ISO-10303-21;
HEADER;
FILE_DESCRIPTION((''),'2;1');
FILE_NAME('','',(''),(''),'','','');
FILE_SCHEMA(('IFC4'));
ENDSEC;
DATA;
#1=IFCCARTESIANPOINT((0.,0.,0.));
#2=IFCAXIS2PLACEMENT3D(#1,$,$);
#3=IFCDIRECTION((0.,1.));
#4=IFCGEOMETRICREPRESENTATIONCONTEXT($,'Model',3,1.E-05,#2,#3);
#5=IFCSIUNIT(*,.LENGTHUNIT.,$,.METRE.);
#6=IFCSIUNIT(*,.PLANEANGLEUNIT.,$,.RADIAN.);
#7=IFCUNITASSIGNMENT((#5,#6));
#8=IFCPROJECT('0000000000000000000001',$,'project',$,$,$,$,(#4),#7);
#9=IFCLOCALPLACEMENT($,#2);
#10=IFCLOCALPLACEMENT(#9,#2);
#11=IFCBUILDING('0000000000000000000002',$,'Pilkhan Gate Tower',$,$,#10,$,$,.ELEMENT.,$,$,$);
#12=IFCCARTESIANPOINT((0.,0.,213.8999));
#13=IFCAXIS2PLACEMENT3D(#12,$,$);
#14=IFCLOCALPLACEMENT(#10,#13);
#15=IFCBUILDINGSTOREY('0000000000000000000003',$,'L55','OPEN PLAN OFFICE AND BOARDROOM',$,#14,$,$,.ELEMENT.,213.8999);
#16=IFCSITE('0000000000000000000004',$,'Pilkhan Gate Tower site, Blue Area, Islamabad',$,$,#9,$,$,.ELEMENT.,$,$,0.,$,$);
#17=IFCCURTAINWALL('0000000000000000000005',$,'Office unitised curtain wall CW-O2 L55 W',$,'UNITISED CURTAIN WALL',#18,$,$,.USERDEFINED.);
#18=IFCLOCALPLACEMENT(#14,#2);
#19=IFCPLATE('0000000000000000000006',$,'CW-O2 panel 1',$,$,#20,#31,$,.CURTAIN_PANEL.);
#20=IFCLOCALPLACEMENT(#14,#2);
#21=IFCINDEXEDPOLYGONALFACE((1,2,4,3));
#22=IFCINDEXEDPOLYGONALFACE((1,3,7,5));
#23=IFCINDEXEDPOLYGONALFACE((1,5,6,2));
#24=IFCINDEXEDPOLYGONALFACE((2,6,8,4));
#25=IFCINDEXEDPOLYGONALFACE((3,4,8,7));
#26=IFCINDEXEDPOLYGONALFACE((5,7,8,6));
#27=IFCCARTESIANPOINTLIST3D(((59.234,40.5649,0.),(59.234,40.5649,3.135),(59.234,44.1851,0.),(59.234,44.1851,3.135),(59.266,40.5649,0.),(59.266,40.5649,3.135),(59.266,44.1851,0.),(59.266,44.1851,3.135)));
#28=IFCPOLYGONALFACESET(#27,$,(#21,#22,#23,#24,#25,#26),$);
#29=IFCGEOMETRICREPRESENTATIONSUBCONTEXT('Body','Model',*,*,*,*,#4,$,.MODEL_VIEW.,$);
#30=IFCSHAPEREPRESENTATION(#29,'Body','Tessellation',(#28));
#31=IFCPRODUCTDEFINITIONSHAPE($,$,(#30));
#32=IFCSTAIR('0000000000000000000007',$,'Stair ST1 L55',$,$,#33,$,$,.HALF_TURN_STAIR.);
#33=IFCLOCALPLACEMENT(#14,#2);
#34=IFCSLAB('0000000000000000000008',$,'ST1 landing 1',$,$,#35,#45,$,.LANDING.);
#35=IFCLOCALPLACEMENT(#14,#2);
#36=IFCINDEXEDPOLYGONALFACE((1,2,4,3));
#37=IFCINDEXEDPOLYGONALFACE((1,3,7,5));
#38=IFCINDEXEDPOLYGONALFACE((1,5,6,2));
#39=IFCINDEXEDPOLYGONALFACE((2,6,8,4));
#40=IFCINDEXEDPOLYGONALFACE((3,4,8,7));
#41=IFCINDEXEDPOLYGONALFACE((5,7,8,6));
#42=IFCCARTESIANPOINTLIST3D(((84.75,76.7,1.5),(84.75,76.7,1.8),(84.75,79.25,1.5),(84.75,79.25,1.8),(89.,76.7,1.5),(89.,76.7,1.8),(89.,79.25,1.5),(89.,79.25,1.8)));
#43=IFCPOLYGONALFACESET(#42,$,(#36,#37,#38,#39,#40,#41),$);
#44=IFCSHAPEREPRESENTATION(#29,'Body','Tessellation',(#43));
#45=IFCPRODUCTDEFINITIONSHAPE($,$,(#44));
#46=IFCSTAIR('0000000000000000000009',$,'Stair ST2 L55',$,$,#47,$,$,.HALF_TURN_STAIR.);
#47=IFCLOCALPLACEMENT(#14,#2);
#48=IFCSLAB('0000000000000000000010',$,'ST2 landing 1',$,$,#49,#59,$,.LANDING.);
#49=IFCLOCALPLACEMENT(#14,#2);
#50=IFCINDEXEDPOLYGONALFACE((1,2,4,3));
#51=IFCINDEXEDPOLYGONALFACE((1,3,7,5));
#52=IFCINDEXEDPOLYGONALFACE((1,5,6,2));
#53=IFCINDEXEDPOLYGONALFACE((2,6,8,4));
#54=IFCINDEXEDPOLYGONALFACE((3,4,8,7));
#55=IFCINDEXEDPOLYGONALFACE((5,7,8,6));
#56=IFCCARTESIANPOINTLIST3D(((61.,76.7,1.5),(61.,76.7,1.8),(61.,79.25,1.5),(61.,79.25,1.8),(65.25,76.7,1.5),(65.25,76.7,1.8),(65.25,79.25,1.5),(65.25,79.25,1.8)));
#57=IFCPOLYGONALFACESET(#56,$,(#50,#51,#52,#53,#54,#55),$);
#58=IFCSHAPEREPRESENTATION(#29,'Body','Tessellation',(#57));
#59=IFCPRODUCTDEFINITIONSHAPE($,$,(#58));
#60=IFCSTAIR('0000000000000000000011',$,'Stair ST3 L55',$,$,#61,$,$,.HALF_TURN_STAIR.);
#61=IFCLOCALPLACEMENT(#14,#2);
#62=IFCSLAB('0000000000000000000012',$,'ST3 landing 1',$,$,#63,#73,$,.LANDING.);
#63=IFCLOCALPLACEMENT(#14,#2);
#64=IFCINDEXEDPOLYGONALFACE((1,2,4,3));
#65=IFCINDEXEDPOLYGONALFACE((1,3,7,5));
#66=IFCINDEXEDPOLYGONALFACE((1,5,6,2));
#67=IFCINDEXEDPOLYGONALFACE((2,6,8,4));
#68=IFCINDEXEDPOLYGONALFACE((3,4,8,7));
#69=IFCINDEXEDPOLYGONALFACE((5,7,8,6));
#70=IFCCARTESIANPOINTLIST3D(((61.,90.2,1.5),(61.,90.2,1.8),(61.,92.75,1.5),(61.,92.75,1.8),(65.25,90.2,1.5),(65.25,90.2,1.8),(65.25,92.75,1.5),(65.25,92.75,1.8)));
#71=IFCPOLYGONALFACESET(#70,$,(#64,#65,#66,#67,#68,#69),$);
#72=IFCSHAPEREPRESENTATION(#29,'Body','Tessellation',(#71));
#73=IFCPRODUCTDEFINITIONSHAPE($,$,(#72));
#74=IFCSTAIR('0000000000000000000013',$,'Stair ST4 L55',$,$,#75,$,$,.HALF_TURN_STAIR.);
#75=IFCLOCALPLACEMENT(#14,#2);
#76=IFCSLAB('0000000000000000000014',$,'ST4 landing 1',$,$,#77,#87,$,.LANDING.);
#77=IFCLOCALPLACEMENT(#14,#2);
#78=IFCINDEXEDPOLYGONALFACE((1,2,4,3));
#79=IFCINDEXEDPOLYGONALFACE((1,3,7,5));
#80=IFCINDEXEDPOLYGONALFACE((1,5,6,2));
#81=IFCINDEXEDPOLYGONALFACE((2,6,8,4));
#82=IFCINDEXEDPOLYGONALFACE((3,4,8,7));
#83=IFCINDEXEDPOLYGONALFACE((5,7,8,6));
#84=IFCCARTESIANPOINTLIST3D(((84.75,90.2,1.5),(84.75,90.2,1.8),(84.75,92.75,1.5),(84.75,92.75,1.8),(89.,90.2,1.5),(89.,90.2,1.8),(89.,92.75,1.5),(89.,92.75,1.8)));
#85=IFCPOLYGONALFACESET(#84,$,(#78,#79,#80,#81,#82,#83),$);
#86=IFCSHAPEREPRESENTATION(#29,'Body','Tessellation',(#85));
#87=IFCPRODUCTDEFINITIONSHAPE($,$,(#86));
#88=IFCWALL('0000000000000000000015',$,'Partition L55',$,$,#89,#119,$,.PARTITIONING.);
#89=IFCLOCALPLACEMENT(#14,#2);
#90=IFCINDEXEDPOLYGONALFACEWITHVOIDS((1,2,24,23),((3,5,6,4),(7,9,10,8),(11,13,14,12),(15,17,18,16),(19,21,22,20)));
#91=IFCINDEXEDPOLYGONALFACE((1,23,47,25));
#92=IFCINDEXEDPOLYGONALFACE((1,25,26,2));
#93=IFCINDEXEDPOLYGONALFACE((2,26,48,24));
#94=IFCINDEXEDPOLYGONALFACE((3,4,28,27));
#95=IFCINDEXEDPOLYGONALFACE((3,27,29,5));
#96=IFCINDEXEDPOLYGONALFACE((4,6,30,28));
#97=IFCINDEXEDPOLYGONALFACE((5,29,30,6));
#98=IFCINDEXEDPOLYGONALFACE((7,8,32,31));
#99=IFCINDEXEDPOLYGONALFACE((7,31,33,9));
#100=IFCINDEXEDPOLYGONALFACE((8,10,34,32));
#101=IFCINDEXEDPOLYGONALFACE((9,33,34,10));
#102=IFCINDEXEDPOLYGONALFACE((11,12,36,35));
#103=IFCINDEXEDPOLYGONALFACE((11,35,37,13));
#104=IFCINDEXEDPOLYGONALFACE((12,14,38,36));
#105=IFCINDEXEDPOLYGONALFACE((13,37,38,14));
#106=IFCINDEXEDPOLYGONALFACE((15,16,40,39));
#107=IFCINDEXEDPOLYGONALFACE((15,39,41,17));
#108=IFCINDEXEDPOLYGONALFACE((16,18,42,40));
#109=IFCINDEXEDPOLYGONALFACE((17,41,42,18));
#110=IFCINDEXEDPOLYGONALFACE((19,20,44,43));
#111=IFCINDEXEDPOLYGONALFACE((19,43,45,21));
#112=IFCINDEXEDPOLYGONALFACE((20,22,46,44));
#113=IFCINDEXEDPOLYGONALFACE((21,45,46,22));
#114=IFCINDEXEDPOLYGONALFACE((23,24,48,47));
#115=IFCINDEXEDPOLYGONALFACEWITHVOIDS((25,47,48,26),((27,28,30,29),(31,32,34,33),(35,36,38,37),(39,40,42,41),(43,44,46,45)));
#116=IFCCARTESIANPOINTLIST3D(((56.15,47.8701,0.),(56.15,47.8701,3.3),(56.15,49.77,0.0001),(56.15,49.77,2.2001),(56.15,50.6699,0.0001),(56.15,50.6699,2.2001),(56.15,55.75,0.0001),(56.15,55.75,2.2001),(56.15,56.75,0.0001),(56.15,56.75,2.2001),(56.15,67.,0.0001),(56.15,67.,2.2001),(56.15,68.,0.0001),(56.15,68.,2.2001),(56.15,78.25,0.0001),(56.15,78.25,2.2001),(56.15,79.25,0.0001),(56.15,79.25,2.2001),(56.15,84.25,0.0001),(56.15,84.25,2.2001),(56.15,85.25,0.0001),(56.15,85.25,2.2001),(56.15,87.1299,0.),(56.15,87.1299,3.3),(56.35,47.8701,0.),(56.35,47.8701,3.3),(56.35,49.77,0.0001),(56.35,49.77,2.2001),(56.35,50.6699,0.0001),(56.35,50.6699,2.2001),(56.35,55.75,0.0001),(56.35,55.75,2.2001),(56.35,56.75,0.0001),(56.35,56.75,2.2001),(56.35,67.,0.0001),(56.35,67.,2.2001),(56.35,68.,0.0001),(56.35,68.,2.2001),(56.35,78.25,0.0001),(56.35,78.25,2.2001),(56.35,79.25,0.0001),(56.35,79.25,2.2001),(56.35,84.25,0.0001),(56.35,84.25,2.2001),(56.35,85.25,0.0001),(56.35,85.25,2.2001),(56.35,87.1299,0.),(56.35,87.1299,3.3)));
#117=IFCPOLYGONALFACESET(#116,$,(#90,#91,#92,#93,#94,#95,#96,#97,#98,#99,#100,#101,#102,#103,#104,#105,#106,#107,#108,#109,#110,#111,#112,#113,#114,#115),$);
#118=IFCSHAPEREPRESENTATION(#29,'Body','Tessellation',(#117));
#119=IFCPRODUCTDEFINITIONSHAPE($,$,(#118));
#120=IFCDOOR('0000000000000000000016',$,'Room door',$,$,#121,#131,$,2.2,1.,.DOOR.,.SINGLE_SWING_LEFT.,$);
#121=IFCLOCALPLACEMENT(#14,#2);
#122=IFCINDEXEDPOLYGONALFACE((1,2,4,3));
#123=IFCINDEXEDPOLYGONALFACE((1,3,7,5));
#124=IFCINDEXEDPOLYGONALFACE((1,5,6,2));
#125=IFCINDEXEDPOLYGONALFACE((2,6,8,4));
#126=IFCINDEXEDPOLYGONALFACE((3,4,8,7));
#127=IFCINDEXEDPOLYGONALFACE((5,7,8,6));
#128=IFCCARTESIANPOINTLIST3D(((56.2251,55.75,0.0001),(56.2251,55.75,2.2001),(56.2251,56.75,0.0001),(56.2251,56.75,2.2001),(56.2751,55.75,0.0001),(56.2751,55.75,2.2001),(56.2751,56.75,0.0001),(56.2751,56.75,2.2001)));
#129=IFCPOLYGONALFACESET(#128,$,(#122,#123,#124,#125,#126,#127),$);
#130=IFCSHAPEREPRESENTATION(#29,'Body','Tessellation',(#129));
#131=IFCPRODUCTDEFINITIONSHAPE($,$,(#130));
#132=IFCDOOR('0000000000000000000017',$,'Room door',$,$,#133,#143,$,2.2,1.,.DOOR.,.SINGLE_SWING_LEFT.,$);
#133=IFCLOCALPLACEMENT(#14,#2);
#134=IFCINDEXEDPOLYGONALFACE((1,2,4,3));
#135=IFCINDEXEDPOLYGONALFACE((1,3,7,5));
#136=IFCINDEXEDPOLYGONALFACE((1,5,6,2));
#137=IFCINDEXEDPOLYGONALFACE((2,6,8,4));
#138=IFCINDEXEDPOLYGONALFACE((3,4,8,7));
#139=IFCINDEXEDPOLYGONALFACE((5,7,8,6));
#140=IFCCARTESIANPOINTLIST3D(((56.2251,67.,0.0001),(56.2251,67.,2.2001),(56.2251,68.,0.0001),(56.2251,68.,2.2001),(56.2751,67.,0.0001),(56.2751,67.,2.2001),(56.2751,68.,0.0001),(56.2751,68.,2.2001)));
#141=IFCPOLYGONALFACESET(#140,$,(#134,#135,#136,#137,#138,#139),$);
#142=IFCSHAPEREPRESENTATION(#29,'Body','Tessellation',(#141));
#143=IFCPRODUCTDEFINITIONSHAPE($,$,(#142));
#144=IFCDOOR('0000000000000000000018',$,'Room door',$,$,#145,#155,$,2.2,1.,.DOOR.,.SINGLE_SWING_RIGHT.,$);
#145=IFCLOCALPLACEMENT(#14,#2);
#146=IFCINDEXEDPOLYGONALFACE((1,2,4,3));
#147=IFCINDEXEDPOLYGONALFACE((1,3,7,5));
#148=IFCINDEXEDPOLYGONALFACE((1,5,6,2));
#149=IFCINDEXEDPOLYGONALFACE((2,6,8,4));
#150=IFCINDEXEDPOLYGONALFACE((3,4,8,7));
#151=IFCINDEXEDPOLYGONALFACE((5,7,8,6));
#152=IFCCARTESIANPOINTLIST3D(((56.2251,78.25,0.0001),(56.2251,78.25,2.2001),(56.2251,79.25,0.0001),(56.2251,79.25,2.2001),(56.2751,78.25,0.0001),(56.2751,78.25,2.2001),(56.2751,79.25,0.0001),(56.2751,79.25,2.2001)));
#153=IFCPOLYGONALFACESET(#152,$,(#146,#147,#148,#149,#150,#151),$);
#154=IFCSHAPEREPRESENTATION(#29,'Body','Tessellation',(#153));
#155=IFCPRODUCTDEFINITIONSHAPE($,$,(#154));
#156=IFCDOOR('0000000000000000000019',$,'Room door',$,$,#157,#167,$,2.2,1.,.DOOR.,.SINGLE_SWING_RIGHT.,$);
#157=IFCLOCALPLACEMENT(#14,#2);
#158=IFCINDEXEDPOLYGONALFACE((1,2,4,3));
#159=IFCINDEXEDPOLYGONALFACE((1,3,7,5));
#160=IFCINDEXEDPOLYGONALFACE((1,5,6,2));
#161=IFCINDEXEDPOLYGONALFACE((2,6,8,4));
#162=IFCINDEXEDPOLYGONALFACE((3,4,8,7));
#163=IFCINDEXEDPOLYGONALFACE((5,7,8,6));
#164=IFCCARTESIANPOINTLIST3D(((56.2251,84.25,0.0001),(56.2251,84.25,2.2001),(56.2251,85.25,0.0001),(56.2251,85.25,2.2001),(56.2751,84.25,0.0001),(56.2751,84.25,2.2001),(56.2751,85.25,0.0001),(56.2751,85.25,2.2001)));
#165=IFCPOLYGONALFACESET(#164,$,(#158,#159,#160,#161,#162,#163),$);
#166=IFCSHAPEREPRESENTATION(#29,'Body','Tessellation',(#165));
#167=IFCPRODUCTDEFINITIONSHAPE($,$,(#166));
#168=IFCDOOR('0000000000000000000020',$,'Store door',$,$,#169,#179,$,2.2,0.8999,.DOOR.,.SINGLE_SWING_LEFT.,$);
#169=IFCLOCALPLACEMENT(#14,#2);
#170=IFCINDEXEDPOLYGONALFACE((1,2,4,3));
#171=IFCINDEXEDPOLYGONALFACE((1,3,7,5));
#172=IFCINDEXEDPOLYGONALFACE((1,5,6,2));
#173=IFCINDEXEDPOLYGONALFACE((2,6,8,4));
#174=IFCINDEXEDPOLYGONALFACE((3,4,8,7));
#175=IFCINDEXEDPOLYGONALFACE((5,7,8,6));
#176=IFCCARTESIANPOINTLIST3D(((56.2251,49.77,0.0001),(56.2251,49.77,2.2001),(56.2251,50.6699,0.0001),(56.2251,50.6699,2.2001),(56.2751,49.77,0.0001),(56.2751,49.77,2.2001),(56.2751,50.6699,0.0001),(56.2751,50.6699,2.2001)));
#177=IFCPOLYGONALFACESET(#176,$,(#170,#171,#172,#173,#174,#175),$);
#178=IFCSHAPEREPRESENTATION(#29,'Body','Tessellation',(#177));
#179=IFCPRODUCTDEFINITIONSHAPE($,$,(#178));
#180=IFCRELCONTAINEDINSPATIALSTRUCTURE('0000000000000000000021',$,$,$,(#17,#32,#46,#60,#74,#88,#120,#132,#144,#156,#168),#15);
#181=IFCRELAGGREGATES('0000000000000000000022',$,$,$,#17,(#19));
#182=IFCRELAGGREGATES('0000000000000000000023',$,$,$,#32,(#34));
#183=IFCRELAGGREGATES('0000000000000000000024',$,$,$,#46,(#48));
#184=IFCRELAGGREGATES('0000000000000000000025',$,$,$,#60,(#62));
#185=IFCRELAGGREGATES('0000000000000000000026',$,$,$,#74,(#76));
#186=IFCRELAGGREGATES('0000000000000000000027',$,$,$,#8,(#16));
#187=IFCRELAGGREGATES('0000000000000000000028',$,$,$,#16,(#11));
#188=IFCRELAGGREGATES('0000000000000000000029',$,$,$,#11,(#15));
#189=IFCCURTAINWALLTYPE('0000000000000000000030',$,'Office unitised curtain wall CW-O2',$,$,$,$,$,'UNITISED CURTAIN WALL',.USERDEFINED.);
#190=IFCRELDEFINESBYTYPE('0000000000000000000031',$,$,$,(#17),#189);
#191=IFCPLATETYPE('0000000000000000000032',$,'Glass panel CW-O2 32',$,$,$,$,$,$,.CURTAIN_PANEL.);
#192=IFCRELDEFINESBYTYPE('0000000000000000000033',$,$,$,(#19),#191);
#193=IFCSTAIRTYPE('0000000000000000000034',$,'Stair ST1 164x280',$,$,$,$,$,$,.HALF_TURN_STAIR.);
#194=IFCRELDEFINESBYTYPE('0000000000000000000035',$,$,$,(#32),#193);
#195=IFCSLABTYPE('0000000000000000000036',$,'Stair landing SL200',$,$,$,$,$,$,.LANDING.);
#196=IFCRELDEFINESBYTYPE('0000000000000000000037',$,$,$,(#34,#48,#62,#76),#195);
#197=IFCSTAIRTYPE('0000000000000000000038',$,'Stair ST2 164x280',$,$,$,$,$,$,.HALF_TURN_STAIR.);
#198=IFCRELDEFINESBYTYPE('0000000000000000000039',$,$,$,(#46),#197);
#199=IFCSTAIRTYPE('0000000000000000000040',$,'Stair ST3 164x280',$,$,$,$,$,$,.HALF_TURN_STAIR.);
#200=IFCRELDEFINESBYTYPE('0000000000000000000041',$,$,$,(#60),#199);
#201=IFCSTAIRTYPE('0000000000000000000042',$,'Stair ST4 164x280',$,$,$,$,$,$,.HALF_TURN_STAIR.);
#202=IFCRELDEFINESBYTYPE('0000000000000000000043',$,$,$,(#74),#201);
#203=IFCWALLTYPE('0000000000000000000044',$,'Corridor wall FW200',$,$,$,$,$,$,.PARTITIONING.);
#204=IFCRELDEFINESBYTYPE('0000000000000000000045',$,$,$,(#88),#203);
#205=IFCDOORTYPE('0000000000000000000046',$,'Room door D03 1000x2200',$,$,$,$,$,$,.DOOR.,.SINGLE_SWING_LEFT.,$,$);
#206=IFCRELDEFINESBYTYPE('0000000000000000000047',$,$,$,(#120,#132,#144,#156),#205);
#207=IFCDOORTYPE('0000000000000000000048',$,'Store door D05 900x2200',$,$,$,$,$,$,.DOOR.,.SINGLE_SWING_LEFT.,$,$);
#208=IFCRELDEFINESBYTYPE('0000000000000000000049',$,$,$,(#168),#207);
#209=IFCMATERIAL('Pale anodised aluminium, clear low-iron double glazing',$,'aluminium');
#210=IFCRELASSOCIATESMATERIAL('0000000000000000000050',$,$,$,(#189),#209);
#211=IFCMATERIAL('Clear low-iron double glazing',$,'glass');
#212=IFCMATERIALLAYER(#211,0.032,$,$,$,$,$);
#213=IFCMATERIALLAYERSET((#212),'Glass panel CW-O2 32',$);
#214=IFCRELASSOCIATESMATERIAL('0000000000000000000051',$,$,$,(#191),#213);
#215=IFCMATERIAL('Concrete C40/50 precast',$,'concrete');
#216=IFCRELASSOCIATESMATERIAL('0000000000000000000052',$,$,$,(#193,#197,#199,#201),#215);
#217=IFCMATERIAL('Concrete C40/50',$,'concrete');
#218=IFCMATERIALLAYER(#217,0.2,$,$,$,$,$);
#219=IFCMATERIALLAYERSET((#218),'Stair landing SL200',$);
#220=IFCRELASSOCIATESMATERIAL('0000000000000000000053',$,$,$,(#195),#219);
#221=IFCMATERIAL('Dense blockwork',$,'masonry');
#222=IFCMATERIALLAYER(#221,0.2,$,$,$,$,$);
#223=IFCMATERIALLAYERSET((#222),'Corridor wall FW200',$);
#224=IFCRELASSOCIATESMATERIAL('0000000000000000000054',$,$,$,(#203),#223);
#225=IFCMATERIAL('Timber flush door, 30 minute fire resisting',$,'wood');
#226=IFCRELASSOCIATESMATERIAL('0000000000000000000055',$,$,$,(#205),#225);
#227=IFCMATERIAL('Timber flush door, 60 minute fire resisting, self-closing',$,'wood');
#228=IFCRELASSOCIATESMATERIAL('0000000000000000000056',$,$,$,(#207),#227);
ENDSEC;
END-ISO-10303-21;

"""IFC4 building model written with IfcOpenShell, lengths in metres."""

from ifc_helpers import new_model, si_unit, direction, frame, frame_2d, origin, origin_2d, place, context, subcontext, project, spatial, polyline, rectangle, outline, extrude, material, layer, layer_set, type_object, element, fill, aggregate, save


model = new_model("IFC4")

# Units and contexts
model_context = context("Model", 3, precision=1e-05, world=origin(), true_north=direction((0.0, 1.0)))
body_context = subcontext(model_context, "Body", "Model", "MODEL_VIEW")
ifc_project = project(units=[si_unit("LENGTHUNIT", "METRE"), si_unit("PLANEANGLEUNIT", "RADIAN")], contexts=[model_context])

# Site, building, storey
site_placement = place(None, origin())
site = spatial("IfcSite", under=ifc_project, at=site_placement, Name="Pilkhan Gate Tower site, Blue Area, Islamabad", CompositionType="ELEMENT", RefElevation=0.0)
building_placement = place(site_placement, origin())
building = spatial("IfcBuilding", under=site, at=building_placement, Name="Pilkhan Gate Tower", CompositionType="ELEMENT")
storey_placement = place(building_placement, frame((0.0, 0.0, 213.8999)))
storey = spatial("IfcBuildingStorey", under=building, at=storey_placement, Name="L55", Description="OPEN PLAN OFFICE AND BOARDROOM", CompositionType="ELEMENT", Elevation=213.8999)

# Shared definitions
ifc_material_1 = material(Name="Pale anodised aluminium, clear low-iron double glazing", Category="aluminium")
curtain_wall_type = type_object("IfcCurtainWallType", Name="Office unitised curtain wall CW-O2", ElementType="UNITISED CURTAIN WALL", PredefinedType="USERDEFINED", material=ifc_material_1)

# Curtain wall
curtain_wall_1_placement = place(storey_placement, origin())
curtain_wall_1 = element("IfcCurtainWall", 1, at=curtain_wall_1_placement, inside=storey, type_object=curtain_wall_type, Name="Office unitised curtain wall CW-O2 L55 W", ObjectType="UNITISED CURTAIN WALL", PredefinedType="USERDEFINED")

# Shared definitions
ifc_material_2 = material(Name="Concrete C40/50", Category="concrete")

# Plate
ifc_material_3 = material(Name="Clear low-iron double glazing", Category="glass")
ifc_layer_1 = layer(ifc_material_3, 0.032)
ifc_layer_set_1 = layer_set([ifc_layer_1], Name="Glass panel CW-O2 32")
plate_type = type_object("IfcPlateType", Name="Glass panel CW-O2 32", PredefinedType="CURTAIN_PANEL", material=ifc_layer_set_1)
plate_1_placement = place(storey_placement, frame((59.25, 42.375, 0.0), z_axis=(0.0, 0.0, 1.0), x_axis=(0.0, 1.0, 0.0)))
plate_1 = element("IfcPlate", 2, at=plate_1_placement, type_object=plate_type, Name="CW-O2 panel 1", PredefinedType="CURTAIN_PANEL", context=body_context, shape_type="SweptSolid", body=[
    extrude(rectangle(XDim=3.6201, YDim=0.032, at=origin_2d()), origin(), (0.0, 0.0, 1.0), 3.135),
])
aggregate(curtain_wall_1, [plate_1])

# Stairs, slabs
ifc_material_4 = material(Name="Concrete C40/50 precast", Category="concrete")
stair_type_1 = type_object("IfcStairType", Name="Stair ST1 164x280", PredefinedType="HALF_TURN_STAIR", material=ifc_material_4)
stair_1_placement = place(storey_placement, origin())
stair_1 = element("IfcStair", 3, at=stair_1_placement, inside=storey, type_object=stair_type_1, Name="Stair ST1 L55", PredefinedType="HALF_TURN_STAIR")
ifc_layer_2 = layer(ifc_material_2, 0.2)
ifc_layer_set_2 = layer_set([ifc_layer_2], Name="Stair landing SL200")
slab_type_1 = type_object("IfcSlabType", Name="Stair landing SL200", PredefinedType="LANDING", material=ifc_layer_set_2)
slab_1_placement = place(storey_placement, frame((0.0, 0.0, 1.5)))
slab_1 = element("IfcSlab", 4, at=slab_1_placement, type_object=slab_type_1, Name="ST1 landing 1", PredefinedType="LANDING", context=body_context, shape_type="SweptSolid", body=[
    extrude(outline(polyline([(89.0, 76.7), (89.0, 79.25), (84.75, 79.25), (84.75, 76.7), (89.0, 76.7)])), origin(), (0.0, 0.0, 1.0), 0.3),
])
aggregate(stair_1, [slab_1])
stair_type_2 = type_object("IfcStairType", Name="Stair ST2 164x280", PredefinedType="HALF_TURN_STAIR", material=ifc_material_4)
stair_2_placement = place(storey_placement, origin())
stair_2 = element("IfcStair", 5, at=stair_2_placement, inside=storey, type_object=stair_type_2, Name="Stair ST2 L55", PredefinedType="HALF_TURN_STAIR")
slab_2_placement = place(storey_placement, frame((0.0, 0.0, 1.5)))
slab_2 = element("IfcSlab", 6, at=slab_2_placement, type_object=slab_type_1, Name="ST2 landing 1", PredefinedType="LANDING", context=body_context, shape_type="SweptSolid", body=[
    extrude(outline(polyline([(65.25, 76.7), (65.25, 79.25), (61.0, 79.25), (61.0, 76.7), (65.25, 76.7)])), origin(), (0.0, 0.0, 1.0), 0.3),
])
aggregate(stair_2, [slab_2])
stair_type_3 = type_object("IfcStairType", Name="Stair ST3 164x280", PredefinedType="HALF_TURN_STAIR", material=ifc_material_4)
stair_3_placement = place(storey_placement, origin())
stair_3 = element("IfcStair", 7, at=stair_3_placement, inside=storey, type_object=stair_type_3, Name="Stair ST3 L55", PredefinedType="HALF_TURN_STAIR")
slab_3_placement = place(storey_placement, frame((0.0, 0.0, 1.5)))
slab_3 = element("IfcSlab", 8, at=slab_3_placement, type_object=slab_type_1, Name="ST3 landing 1", PredefinedType="LANDING", context=body_context, shape_type="SweptSolid", body=[
    extrude(outline(polyline([(65.25, 90.2), (65.25, 92.75), (61.0, 92.75), (61.0, 90.2), (65.25, 90.2)])), origin(), (0.0, 0.0, 1.0), 0.3),
])
aggregate(stair_3, [slab_3])
stair_type_4 = type_object("IfcStairType", Name="Stair ST4 164x280", PredefinedType="HALF_TURN_STAIR", material=ifc_material_4)
stair_4_placement = place(storey_placement, origin())
stair_4 = element("IfcStair", 9, at=stair_4_placement, inside=storey, type_object=stair_type_4, Name="Stair ST4 L55", PredefinedType="HALF_TURN_STAIR")
slab_4_placement = place(storey_placement, frame((0.0, 0.0, 1.5)))
slab_4 = element("IfcSlab", 10, at=slab_4_placement, type_object=slab_type_1, Name="ST4 landing 1", PredefinedType="LANDING", context=body_context, shape_type="SweptSolid", body=[
    extrude(outline(polyline([(89.0, 90.2), (89.0, 92.75), (84.75, 92.75), (84.75, 90.2), (89.0, 90.2)])), origin(), (0.0, 0.0, 1.0), 0.3),
])
aggregate(stair_4, [slab_4])

# Wall, openings, doors
ifc_material_5 = material(Name="Dense blockwork", Category="masonry")
ifc_layer_3 = layer(ifc_material_5, 0.2)
ifc_layer_set_3 = layer_set([ifc_layer_3], Name="Corridor wall FW200")
wall_type = type_object("IfcWallType", Name="Corridor wall FW200", PredefinedType="PARTITIONING", material=ifc_layer_set_3)
wall_placement = place(storey_placement, frame((56.25, 47.8701, 0.0), z_axis=(0.0, 0.0, 1.0), x_axis=(0.0, 1.0, 0.0)))
wall = element("IfcWall", 11, at=wall_placement, inside=storey, type_object=wall_type, Name="Partition L55", PredefinedType="PARTITIONING", context=body_context, shape_type="SweptSolid", body=[
    extrude(rectangle(XDim=39.2598, YDim=0.2, at=frame_2d((19.6299, 0.0))), origin(), (0.0, 0.0, 1.0), 3.3),
])
opening_1_placement = place(wall_placement, frame((1.8999, 0.0, 0.0)))
opening_1 = element("IfcOpeningElement", 12, at=opening_1_placement, cuts=wall, PredefinedType="OPENING", context=body_context, shape_type="SweptSolid", body=[
    extrude(rectangle(XDim=0.8999, YDim=2.2, at=frame_2d((0.45, 1.1001))), frame((0.0, 0.1099, 0.0), z_axis=(0.0, -1.0, 0.0), x_axis=(1.0, 0.0, 0.0)), (0.0, 0.0, 1.0), 0.22),
])
opening_2_placement = place(wall_placement, frame((7.8799, 0.0, 0.0)))
opening_2 = element("IfcOpeningElement", 13, at=opening_2_placement, cuts=wall, PredefinedType="OPENING", context=body_context, shape_type="SweptSolid", body=[
    extrude(rectangle(XDim=1.0, YDim=2.2, at=frame_2d((0.5, 1.1001))), frame((0.0, 0.1099, 0.0), z_axis=(0.0, -1.0, 0.0), x_axis=(1.0, 0.0, 0.0)), (0.0, 0.0, 1.0), 0.22),
])
opening_3_placement = place(wall_placement, frame((19.1299, 0.0, 0.0)))
opening_3 = element("IfcOpeningElement", 14, at=opening_3_placement, cuts=wall, PredefinedType="OPENING", context=body_context, shape_type="SweptSolid", body=[
    extrude(rectangle(XDim=1.0, YDim=2.2, at=frame_2d((0.5, 1.1001))), frame((0.0, 0.1099, 0.0), z_axis=(0.0, -1.0, 0.0), x_axis=(1.0, 0.0, 0.0)), (0.0, 0.0, 1.0), 0.22),
])
opening_4_placement = place(wall_placement, frame((30.3799, 0.0, 0.0)))
opening_4 = element("IfcOpeningElement", 15, at=opening_4_placement, cuts=wall, PredefinedType="OPENING", context=body_context, shape_type="SweptSolid", body=[
    extrude(rectangle(XDim=1.0, YDim=2.2, at=frame_2d((0.5, 1.1001))), frame((0.0, 0.1099, 0.0), z_axis=(0.0, -1.0, 0.0), x_axis=(1.0, 0.0, 0.0)), (0.0, 0.0, 1.0), 0.22),
])
opening_5_placement = place(wall_placement, frame((36.3799, 0.0, 0.0)))
opening_5 = element("IfcOpeningElement", 16, at=opening_5_placement, cuts=wall, PredefinedType="OPENING", context=body_context, shape_type="SweptSolid", body=[
    extrude(rectangle(XDim=1.0, YDim=2.2, at=frame_2d((0.5, 1.1001))), frame((0.0, 0.1099, 0.0), z_axis=(0.0, -1.0, 0.0), x_axis=(1.0, 0.0, 0.0)), (0.0, 0.0, 1.0), 0.22),
])
ifc_material_6 = material(Name="Timber flush door, 30 minute fire resisting", Category="wood")
door_type_1 = type_object("IfcDoorType", Name="Room door D03 1000x2200", OperationType="SINGLE_SWING_LEFT", PredefinedType="DOOR", material=ifc_material_6)
door_1_placement = place(opening_2_placement, origin())
door_1 = element("IfcDoor", 17, at=door_1_placement, inside=storey, type_object=door_type_1, Name="Room door", OperationType="SINGLE_SWING_LEFT", OverallHeight=2.2, OverallWidth=1.0, PredefinedType="DOOR", context=body_context, shape_type="SweptSolid", body=[
    extrude(rectangle(XDim=1.0, YDim=2.2, at=frame_2d((0.5, 1.1001))), frame((0.0, 0.0249, 0.0), z_axis=(0.0, -1.0, 0.0), x_axis=(1.0, 0.0, 0.0)), (0.0, 0.0, 1.0), 0.05),
])
fill(opening_2, door_1)
door_2_placement = place(opening_3_placement, origin())
door_2 = element("IfcDoor", 18, at=door_2_placement, inside=storey, type_object=door_type_1, Name="Room door", OperationType="SINGLE_SWING_LEFT", OverallHeight=2.2, OverallWidth=1.0, PredefinedType="DOOR", context=body_context, shape_type="SweptSolid", body=[
    extrude(rectangle(XDim=1.0, YDim=2.2, at=frame_2d((0.5, 1.1001))), frame((0.0, 0.0249, 0.0), z_axis=(0.0, -1.0, 0.0), x_axis=(1.0, 0.0, 0.0)), (0.0, 0.0, 1.0), 0.05),
])
fill(opening_3, door_2)
door_3_placement = place(opening_4_placement, origin())
door_3 = element("IfcDoor", 19, at=door_3_placement, inside=storey, type_object=door_type_1, Name="Room door", OperationType="SINGLE_SWING_RIGHT", OverallHeight=2.2, OverallWidth=1.0, PredefinedType="DOOR", context=body_context, shape_type="SweptSolid", body=[
    extrude(rectangle(XDim=1.0, YDim=2.2, at=frame_2d((0.5, 1.1001))), frame((0.0, 0.0249, 0.0), z_axis=(0.0, -1.0, 0.0), x_axis=(1.0, 0.0, 0.0)), (0.0, 0.0, 1.0), 0.05),
])
fill(opening_4, door_3)
door_4_placement = place(opening_5_placement, origin())
door_4 = element("IfcDoor", 20, at=door_4_placement, inside=storey, type_object=door_type_1, Name="Room door", OperationType="SINGLE_SWING_RIGHT", OverallHeight=2.2, OverallWidth=1.0, PredefinedType="DOOR", context=body_context, shape_type="SweptSolid", body=[
    extrude(rectangle(XDim=1.0, YDim=2.2, at=frame_2d((0.5, 1.1001))), frame((0.0, 0.0249, 0.0), z_axis=(0.0, -1.0, 0.0), x_axis=(1.0, 0.0, 0.0)), (0.0, 0.0, 1.0), 0.05),
])
fill(opening_5, door_4)
ifc_material_7 = material(Name="Timber flush door, 60 minute fire resisting, self-closing", Category="wood")
door_type_2 = type_object("IfcDoorType", Name="Store door D05 900x2200", OperationType="SINGLE_SWING_LEFT", PredefinedType="DOOR", material=ifc_material_7)
door_5_placement = place(opening_1_placement, origin())
door_5 = element("IfcDoor", 21, at=door_5_placement, inside=storey, type_object=door_type_2, Name="Store door", OperationType="SINGLE_SWING_LEFT", OverallHeight=2.2, OverallWidth=0.8999, PredefinedType="DOOR", context=body_context, shape_type="SweptSolid", body=[
    extrude(rectangle(XDim=0.8999, YDim=2.2, at=frame_2d((0.45, 1.1001))), frame((0.0, 0.0249, 0.0), z_axis=(0.0, -1.0, 0.0), x_axis=(1.0, 0.0, 0.0)), (0.0, 0.0, 1.0), 0.05),
])
fill(opening_1, door_5)

save(model, "model.ifc")
